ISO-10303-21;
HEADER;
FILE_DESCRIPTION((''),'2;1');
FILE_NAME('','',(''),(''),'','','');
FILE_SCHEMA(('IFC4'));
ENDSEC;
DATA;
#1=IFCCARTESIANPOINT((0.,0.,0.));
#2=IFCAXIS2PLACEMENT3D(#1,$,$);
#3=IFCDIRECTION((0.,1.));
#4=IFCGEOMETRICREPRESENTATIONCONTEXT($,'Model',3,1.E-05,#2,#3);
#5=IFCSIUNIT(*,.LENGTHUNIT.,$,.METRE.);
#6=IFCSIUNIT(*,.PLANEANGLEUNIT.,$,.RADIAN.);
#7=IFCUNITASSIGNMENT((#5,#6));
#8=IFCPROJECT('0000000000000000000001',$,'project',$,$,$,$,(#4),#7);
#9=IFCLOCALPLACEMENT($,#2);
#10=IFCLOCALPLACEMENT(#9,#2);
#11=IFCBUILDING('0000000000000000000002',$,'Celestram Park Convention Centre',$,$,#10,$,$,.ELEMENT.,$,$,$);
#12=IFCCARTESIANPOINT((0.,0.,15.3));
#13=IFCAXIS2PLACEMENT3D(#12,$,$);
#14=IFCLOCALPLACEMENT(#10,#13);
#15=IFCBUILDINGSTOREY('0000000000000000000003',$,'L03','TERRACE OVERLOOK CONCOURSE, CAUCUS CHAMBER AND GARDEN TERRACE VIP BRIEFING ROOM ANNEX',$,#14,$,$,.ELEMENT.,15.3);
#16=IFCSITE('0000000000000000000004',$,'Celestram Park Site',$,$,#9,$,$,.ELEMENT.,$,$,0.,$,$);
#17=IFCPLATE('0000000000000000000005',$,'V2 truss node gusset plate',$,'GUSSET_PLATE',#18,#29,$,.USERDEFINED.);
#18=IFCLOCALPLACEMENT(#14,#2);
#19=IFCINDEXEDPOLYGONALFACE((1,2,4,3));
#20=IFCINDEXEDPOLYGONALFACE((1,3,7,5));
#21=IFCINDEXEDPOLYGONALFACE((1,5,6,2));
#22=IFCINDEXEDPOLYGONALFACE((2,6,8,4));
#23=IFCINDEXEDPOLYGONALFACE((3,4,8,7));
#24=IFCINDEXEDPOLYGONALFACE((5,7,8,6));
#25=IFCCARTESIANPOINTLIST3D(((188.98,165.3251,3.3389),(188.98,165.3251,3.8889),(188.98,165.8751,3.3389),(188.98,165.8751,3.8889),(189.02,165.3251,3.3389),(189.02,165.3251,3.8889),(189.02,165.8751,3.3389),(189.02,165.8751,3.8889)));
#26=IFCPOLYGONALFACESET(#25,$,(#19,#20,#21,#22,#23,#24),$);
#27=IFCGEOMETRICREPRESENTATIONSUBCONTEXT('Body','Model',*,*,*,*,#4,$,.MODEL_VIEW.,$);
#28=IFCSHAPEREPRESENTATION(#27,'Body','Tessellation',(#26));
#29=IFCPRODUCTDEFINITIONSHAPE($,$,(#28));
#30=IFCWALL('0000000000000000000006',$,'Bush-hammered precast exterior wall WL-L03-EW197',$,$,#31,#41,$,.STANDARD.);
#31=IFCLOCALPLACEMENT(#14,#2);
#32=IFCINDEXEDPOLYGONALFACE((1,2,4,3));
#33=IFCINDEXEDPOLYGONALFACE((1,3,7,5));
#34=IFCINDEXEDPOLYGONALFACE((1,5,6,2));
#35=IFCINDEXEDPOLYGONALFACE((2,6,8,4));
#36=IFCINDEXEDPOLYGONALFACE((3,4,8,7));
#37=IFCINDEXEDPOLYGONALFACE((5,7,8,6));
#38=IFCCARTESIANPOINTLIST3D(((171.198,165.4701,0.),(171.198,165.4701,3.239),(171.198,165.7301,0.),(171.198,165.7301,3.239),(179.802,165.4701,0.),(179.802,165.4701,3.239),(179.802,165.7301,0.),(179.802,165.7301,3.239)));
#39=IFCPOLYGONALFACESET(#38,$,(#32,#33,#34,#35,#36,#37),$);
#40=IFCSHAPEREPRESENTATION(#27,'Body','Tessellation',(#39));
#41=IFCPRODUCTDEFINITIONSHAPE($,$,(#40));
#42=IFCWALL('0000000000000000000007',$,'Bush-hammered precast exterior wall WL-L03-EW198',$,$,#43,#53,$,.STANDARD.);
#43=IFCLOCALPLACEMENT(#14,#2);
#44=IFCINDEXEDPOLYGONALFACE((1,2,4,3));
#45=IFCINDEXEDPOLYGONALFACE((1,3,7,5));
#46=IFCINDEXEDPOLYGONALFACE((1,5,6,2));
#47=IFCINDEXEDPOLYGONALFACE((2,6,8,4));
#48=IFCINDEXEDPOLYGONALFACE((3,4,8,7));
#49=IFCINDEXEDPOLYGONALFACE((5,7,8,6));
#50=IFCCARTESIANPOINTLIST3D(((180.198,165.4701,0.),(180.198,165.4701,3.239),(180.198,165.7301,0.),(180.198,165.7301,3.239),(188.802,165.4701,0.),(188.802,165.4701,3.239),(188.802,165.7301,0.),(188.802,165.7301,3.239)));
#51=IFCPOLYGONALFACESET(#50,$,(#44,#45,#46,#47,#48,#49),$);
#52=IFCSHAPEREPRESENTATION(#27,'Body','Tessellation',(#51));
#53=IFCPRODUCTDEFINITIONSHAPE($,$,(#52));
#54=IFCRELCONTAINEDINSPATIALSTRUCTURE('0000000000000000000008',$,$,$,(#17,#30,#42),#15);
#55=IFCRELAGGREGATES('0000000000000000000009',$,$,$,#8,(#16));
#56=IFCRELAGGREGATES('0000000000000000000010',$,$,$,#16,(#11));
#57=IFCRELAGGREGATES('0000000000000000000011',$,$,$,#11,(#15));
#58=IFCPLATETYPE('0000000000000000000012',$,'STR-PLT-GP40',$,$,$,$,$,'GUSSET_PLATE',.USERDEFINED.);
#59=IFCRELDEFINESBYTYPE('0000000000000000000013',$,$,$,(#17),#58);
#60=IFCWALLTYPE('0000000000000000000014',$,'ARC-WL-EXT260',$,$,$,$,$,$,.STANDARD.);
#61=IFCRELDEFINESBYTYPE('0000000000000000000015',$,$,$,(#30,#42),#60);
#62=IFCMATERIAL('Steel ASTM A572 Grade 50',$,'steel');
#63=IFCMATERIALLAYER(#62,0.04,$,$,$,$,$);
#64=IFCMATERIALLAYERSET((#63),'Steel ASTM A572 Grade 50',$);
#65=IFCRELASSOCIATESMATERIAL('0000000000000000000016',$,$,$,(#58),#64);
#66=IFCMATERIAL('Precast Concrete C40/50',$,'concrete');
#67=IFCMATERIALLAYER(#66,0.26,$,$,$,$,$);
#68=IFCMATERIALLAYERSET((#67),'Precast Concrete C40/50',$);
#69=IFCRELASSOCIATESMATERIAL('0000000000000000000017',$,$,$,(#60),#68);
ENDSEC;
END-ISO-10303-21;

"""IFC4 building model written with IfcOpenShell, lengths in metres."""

from ifc_helpers import new_model, si_unit, direction, frame, frame_2d, origin, origin_2d, place, context, subcontext, project, spatial, rectangle, extrude, material, layer, layer_set, type_object, element, save


model = new_model("IFC4")

# Units and contexts
model_context = context("Model", 3, precision=1e-05, world=origin(), true_north=direction((0.0, 1.0)))
body_context = subcontext(model_context, "Body", "Model", "MODEL_VIEW")
ifc_project = project(units=[si_unit("LENGTHUNIT", "METRE"), si_unit("PLANEANGLEUNIT", "RADIAN")], contexts=[model_context])

# Site, building, storey
site_placement = place(None, origin())
site = spatial("IfcSite", under=ifc_project, at=site_placement, Name="Celestram Park Site", CompositionType="ELEMENT", RefElevation=0.0)
building_placement = place(site_placement, origin())
building = spatial("IfcBuilding", under=site, at=building_placement, Name="Celestram Park Convention Centre", CompositionType="ELEMENT")
storey_placement = place(building_placement, frame((0.0, 0.0, 15.3)))
storey = spatial("IfcBuildingStorey", under=building, at=storey_placement, Name="L03", Description="TERRACE OVERLOOK CONCOURSE, CAUCUS CHAMBER AND GARDEN TERRACE VIP BRIEFING ROOM ANNEX", CompositionType="ELEMENT", Elevation=15.3)

# Plate
ifc_material_1 = material(Name="Steel ASTM A572 Grade 50", Category="steel")
ifc_layer_1 = layer(ifc_material_1, 0.04)
ifc_layer_set_1 = layer_set([ifc_layer_1], Name="Steel ASTM A572 Grade 50")
plate_type_1 = type_object("IfcPlateType", Name="STR-PLT-GP40", ElementType="GUSSET_PLATE", PredefinedType="USERDEFINED", material=ifc_layer_set_1)
for number, where, z_axis, x_axis, name in (
    (1, (189.0, 165.6001, 3.3389), (0.0, 0.0, 1.0), (0.0, 1.0, 0.0), "V2 truss node gusset plate"),
):
    element("IfcPlate", number, at=place(storey_placement, frame(where, z_axis=z_axis, x_axis=x_axis)), inside=storey, type_object=plate_type_1, Name=name, ObjectType="GUSSET_PLATE", PredefinedType="USERDEFINED", context=body_context, shape_type="SweptSolid", body=[
        extrude(rectangle(XDim=0.55, YDim=0.04, at=origin_2d()), origin(), (0.0, 0.0, 1.0), 0.55),
    ])

# Walls
ifc_material_2 = material(Name="Precast Concrete C40/50", Category="concrete")
ifc_layer_2 = layer(ifc_material_2, 0.26)
ifc_layer_set_2 = layer_set([ifc_layer_2], Name="Precast Concrete C40/50")
wall_type = type_object("IfcWallType", Name="ARC-WL-EXT260", PredefinedType="STANDARD", material=ifc_layer_set_2)
for number, where, z_axis, x_axis, name in (
    (2, (171.198, 165.6001, 0.0), (0.0, 0.0, 1.0), (1.0, 0.0, 0.0), "Bush-hammered precast exterior wall WL-L03-EW197"),
    (3, (180.198, 165.6001, 0.0), (0.0, 0.0, 1.0), (1.0, 0.0, 0.0), "Bush-hammered precast exterior wall WL-L03-EW198"),
):
    element("IfcWall", number, at=place(storey_placement, frame(where, z_axis=z_axis, x_axis=x_axis)), inside=storey, type_object=wall_type, Name=name, PredefinedType="STANDARD", context=body_context, shape_type="SweptSolid", body=[
        extrude(rectangle(XDim=8.604, YDim=0.26, at=frame_2d((4.302, 0.0))), origin(), (0.0, 0.0, 1.0), 3.239),
    ])

save(model, "model.ifc")
